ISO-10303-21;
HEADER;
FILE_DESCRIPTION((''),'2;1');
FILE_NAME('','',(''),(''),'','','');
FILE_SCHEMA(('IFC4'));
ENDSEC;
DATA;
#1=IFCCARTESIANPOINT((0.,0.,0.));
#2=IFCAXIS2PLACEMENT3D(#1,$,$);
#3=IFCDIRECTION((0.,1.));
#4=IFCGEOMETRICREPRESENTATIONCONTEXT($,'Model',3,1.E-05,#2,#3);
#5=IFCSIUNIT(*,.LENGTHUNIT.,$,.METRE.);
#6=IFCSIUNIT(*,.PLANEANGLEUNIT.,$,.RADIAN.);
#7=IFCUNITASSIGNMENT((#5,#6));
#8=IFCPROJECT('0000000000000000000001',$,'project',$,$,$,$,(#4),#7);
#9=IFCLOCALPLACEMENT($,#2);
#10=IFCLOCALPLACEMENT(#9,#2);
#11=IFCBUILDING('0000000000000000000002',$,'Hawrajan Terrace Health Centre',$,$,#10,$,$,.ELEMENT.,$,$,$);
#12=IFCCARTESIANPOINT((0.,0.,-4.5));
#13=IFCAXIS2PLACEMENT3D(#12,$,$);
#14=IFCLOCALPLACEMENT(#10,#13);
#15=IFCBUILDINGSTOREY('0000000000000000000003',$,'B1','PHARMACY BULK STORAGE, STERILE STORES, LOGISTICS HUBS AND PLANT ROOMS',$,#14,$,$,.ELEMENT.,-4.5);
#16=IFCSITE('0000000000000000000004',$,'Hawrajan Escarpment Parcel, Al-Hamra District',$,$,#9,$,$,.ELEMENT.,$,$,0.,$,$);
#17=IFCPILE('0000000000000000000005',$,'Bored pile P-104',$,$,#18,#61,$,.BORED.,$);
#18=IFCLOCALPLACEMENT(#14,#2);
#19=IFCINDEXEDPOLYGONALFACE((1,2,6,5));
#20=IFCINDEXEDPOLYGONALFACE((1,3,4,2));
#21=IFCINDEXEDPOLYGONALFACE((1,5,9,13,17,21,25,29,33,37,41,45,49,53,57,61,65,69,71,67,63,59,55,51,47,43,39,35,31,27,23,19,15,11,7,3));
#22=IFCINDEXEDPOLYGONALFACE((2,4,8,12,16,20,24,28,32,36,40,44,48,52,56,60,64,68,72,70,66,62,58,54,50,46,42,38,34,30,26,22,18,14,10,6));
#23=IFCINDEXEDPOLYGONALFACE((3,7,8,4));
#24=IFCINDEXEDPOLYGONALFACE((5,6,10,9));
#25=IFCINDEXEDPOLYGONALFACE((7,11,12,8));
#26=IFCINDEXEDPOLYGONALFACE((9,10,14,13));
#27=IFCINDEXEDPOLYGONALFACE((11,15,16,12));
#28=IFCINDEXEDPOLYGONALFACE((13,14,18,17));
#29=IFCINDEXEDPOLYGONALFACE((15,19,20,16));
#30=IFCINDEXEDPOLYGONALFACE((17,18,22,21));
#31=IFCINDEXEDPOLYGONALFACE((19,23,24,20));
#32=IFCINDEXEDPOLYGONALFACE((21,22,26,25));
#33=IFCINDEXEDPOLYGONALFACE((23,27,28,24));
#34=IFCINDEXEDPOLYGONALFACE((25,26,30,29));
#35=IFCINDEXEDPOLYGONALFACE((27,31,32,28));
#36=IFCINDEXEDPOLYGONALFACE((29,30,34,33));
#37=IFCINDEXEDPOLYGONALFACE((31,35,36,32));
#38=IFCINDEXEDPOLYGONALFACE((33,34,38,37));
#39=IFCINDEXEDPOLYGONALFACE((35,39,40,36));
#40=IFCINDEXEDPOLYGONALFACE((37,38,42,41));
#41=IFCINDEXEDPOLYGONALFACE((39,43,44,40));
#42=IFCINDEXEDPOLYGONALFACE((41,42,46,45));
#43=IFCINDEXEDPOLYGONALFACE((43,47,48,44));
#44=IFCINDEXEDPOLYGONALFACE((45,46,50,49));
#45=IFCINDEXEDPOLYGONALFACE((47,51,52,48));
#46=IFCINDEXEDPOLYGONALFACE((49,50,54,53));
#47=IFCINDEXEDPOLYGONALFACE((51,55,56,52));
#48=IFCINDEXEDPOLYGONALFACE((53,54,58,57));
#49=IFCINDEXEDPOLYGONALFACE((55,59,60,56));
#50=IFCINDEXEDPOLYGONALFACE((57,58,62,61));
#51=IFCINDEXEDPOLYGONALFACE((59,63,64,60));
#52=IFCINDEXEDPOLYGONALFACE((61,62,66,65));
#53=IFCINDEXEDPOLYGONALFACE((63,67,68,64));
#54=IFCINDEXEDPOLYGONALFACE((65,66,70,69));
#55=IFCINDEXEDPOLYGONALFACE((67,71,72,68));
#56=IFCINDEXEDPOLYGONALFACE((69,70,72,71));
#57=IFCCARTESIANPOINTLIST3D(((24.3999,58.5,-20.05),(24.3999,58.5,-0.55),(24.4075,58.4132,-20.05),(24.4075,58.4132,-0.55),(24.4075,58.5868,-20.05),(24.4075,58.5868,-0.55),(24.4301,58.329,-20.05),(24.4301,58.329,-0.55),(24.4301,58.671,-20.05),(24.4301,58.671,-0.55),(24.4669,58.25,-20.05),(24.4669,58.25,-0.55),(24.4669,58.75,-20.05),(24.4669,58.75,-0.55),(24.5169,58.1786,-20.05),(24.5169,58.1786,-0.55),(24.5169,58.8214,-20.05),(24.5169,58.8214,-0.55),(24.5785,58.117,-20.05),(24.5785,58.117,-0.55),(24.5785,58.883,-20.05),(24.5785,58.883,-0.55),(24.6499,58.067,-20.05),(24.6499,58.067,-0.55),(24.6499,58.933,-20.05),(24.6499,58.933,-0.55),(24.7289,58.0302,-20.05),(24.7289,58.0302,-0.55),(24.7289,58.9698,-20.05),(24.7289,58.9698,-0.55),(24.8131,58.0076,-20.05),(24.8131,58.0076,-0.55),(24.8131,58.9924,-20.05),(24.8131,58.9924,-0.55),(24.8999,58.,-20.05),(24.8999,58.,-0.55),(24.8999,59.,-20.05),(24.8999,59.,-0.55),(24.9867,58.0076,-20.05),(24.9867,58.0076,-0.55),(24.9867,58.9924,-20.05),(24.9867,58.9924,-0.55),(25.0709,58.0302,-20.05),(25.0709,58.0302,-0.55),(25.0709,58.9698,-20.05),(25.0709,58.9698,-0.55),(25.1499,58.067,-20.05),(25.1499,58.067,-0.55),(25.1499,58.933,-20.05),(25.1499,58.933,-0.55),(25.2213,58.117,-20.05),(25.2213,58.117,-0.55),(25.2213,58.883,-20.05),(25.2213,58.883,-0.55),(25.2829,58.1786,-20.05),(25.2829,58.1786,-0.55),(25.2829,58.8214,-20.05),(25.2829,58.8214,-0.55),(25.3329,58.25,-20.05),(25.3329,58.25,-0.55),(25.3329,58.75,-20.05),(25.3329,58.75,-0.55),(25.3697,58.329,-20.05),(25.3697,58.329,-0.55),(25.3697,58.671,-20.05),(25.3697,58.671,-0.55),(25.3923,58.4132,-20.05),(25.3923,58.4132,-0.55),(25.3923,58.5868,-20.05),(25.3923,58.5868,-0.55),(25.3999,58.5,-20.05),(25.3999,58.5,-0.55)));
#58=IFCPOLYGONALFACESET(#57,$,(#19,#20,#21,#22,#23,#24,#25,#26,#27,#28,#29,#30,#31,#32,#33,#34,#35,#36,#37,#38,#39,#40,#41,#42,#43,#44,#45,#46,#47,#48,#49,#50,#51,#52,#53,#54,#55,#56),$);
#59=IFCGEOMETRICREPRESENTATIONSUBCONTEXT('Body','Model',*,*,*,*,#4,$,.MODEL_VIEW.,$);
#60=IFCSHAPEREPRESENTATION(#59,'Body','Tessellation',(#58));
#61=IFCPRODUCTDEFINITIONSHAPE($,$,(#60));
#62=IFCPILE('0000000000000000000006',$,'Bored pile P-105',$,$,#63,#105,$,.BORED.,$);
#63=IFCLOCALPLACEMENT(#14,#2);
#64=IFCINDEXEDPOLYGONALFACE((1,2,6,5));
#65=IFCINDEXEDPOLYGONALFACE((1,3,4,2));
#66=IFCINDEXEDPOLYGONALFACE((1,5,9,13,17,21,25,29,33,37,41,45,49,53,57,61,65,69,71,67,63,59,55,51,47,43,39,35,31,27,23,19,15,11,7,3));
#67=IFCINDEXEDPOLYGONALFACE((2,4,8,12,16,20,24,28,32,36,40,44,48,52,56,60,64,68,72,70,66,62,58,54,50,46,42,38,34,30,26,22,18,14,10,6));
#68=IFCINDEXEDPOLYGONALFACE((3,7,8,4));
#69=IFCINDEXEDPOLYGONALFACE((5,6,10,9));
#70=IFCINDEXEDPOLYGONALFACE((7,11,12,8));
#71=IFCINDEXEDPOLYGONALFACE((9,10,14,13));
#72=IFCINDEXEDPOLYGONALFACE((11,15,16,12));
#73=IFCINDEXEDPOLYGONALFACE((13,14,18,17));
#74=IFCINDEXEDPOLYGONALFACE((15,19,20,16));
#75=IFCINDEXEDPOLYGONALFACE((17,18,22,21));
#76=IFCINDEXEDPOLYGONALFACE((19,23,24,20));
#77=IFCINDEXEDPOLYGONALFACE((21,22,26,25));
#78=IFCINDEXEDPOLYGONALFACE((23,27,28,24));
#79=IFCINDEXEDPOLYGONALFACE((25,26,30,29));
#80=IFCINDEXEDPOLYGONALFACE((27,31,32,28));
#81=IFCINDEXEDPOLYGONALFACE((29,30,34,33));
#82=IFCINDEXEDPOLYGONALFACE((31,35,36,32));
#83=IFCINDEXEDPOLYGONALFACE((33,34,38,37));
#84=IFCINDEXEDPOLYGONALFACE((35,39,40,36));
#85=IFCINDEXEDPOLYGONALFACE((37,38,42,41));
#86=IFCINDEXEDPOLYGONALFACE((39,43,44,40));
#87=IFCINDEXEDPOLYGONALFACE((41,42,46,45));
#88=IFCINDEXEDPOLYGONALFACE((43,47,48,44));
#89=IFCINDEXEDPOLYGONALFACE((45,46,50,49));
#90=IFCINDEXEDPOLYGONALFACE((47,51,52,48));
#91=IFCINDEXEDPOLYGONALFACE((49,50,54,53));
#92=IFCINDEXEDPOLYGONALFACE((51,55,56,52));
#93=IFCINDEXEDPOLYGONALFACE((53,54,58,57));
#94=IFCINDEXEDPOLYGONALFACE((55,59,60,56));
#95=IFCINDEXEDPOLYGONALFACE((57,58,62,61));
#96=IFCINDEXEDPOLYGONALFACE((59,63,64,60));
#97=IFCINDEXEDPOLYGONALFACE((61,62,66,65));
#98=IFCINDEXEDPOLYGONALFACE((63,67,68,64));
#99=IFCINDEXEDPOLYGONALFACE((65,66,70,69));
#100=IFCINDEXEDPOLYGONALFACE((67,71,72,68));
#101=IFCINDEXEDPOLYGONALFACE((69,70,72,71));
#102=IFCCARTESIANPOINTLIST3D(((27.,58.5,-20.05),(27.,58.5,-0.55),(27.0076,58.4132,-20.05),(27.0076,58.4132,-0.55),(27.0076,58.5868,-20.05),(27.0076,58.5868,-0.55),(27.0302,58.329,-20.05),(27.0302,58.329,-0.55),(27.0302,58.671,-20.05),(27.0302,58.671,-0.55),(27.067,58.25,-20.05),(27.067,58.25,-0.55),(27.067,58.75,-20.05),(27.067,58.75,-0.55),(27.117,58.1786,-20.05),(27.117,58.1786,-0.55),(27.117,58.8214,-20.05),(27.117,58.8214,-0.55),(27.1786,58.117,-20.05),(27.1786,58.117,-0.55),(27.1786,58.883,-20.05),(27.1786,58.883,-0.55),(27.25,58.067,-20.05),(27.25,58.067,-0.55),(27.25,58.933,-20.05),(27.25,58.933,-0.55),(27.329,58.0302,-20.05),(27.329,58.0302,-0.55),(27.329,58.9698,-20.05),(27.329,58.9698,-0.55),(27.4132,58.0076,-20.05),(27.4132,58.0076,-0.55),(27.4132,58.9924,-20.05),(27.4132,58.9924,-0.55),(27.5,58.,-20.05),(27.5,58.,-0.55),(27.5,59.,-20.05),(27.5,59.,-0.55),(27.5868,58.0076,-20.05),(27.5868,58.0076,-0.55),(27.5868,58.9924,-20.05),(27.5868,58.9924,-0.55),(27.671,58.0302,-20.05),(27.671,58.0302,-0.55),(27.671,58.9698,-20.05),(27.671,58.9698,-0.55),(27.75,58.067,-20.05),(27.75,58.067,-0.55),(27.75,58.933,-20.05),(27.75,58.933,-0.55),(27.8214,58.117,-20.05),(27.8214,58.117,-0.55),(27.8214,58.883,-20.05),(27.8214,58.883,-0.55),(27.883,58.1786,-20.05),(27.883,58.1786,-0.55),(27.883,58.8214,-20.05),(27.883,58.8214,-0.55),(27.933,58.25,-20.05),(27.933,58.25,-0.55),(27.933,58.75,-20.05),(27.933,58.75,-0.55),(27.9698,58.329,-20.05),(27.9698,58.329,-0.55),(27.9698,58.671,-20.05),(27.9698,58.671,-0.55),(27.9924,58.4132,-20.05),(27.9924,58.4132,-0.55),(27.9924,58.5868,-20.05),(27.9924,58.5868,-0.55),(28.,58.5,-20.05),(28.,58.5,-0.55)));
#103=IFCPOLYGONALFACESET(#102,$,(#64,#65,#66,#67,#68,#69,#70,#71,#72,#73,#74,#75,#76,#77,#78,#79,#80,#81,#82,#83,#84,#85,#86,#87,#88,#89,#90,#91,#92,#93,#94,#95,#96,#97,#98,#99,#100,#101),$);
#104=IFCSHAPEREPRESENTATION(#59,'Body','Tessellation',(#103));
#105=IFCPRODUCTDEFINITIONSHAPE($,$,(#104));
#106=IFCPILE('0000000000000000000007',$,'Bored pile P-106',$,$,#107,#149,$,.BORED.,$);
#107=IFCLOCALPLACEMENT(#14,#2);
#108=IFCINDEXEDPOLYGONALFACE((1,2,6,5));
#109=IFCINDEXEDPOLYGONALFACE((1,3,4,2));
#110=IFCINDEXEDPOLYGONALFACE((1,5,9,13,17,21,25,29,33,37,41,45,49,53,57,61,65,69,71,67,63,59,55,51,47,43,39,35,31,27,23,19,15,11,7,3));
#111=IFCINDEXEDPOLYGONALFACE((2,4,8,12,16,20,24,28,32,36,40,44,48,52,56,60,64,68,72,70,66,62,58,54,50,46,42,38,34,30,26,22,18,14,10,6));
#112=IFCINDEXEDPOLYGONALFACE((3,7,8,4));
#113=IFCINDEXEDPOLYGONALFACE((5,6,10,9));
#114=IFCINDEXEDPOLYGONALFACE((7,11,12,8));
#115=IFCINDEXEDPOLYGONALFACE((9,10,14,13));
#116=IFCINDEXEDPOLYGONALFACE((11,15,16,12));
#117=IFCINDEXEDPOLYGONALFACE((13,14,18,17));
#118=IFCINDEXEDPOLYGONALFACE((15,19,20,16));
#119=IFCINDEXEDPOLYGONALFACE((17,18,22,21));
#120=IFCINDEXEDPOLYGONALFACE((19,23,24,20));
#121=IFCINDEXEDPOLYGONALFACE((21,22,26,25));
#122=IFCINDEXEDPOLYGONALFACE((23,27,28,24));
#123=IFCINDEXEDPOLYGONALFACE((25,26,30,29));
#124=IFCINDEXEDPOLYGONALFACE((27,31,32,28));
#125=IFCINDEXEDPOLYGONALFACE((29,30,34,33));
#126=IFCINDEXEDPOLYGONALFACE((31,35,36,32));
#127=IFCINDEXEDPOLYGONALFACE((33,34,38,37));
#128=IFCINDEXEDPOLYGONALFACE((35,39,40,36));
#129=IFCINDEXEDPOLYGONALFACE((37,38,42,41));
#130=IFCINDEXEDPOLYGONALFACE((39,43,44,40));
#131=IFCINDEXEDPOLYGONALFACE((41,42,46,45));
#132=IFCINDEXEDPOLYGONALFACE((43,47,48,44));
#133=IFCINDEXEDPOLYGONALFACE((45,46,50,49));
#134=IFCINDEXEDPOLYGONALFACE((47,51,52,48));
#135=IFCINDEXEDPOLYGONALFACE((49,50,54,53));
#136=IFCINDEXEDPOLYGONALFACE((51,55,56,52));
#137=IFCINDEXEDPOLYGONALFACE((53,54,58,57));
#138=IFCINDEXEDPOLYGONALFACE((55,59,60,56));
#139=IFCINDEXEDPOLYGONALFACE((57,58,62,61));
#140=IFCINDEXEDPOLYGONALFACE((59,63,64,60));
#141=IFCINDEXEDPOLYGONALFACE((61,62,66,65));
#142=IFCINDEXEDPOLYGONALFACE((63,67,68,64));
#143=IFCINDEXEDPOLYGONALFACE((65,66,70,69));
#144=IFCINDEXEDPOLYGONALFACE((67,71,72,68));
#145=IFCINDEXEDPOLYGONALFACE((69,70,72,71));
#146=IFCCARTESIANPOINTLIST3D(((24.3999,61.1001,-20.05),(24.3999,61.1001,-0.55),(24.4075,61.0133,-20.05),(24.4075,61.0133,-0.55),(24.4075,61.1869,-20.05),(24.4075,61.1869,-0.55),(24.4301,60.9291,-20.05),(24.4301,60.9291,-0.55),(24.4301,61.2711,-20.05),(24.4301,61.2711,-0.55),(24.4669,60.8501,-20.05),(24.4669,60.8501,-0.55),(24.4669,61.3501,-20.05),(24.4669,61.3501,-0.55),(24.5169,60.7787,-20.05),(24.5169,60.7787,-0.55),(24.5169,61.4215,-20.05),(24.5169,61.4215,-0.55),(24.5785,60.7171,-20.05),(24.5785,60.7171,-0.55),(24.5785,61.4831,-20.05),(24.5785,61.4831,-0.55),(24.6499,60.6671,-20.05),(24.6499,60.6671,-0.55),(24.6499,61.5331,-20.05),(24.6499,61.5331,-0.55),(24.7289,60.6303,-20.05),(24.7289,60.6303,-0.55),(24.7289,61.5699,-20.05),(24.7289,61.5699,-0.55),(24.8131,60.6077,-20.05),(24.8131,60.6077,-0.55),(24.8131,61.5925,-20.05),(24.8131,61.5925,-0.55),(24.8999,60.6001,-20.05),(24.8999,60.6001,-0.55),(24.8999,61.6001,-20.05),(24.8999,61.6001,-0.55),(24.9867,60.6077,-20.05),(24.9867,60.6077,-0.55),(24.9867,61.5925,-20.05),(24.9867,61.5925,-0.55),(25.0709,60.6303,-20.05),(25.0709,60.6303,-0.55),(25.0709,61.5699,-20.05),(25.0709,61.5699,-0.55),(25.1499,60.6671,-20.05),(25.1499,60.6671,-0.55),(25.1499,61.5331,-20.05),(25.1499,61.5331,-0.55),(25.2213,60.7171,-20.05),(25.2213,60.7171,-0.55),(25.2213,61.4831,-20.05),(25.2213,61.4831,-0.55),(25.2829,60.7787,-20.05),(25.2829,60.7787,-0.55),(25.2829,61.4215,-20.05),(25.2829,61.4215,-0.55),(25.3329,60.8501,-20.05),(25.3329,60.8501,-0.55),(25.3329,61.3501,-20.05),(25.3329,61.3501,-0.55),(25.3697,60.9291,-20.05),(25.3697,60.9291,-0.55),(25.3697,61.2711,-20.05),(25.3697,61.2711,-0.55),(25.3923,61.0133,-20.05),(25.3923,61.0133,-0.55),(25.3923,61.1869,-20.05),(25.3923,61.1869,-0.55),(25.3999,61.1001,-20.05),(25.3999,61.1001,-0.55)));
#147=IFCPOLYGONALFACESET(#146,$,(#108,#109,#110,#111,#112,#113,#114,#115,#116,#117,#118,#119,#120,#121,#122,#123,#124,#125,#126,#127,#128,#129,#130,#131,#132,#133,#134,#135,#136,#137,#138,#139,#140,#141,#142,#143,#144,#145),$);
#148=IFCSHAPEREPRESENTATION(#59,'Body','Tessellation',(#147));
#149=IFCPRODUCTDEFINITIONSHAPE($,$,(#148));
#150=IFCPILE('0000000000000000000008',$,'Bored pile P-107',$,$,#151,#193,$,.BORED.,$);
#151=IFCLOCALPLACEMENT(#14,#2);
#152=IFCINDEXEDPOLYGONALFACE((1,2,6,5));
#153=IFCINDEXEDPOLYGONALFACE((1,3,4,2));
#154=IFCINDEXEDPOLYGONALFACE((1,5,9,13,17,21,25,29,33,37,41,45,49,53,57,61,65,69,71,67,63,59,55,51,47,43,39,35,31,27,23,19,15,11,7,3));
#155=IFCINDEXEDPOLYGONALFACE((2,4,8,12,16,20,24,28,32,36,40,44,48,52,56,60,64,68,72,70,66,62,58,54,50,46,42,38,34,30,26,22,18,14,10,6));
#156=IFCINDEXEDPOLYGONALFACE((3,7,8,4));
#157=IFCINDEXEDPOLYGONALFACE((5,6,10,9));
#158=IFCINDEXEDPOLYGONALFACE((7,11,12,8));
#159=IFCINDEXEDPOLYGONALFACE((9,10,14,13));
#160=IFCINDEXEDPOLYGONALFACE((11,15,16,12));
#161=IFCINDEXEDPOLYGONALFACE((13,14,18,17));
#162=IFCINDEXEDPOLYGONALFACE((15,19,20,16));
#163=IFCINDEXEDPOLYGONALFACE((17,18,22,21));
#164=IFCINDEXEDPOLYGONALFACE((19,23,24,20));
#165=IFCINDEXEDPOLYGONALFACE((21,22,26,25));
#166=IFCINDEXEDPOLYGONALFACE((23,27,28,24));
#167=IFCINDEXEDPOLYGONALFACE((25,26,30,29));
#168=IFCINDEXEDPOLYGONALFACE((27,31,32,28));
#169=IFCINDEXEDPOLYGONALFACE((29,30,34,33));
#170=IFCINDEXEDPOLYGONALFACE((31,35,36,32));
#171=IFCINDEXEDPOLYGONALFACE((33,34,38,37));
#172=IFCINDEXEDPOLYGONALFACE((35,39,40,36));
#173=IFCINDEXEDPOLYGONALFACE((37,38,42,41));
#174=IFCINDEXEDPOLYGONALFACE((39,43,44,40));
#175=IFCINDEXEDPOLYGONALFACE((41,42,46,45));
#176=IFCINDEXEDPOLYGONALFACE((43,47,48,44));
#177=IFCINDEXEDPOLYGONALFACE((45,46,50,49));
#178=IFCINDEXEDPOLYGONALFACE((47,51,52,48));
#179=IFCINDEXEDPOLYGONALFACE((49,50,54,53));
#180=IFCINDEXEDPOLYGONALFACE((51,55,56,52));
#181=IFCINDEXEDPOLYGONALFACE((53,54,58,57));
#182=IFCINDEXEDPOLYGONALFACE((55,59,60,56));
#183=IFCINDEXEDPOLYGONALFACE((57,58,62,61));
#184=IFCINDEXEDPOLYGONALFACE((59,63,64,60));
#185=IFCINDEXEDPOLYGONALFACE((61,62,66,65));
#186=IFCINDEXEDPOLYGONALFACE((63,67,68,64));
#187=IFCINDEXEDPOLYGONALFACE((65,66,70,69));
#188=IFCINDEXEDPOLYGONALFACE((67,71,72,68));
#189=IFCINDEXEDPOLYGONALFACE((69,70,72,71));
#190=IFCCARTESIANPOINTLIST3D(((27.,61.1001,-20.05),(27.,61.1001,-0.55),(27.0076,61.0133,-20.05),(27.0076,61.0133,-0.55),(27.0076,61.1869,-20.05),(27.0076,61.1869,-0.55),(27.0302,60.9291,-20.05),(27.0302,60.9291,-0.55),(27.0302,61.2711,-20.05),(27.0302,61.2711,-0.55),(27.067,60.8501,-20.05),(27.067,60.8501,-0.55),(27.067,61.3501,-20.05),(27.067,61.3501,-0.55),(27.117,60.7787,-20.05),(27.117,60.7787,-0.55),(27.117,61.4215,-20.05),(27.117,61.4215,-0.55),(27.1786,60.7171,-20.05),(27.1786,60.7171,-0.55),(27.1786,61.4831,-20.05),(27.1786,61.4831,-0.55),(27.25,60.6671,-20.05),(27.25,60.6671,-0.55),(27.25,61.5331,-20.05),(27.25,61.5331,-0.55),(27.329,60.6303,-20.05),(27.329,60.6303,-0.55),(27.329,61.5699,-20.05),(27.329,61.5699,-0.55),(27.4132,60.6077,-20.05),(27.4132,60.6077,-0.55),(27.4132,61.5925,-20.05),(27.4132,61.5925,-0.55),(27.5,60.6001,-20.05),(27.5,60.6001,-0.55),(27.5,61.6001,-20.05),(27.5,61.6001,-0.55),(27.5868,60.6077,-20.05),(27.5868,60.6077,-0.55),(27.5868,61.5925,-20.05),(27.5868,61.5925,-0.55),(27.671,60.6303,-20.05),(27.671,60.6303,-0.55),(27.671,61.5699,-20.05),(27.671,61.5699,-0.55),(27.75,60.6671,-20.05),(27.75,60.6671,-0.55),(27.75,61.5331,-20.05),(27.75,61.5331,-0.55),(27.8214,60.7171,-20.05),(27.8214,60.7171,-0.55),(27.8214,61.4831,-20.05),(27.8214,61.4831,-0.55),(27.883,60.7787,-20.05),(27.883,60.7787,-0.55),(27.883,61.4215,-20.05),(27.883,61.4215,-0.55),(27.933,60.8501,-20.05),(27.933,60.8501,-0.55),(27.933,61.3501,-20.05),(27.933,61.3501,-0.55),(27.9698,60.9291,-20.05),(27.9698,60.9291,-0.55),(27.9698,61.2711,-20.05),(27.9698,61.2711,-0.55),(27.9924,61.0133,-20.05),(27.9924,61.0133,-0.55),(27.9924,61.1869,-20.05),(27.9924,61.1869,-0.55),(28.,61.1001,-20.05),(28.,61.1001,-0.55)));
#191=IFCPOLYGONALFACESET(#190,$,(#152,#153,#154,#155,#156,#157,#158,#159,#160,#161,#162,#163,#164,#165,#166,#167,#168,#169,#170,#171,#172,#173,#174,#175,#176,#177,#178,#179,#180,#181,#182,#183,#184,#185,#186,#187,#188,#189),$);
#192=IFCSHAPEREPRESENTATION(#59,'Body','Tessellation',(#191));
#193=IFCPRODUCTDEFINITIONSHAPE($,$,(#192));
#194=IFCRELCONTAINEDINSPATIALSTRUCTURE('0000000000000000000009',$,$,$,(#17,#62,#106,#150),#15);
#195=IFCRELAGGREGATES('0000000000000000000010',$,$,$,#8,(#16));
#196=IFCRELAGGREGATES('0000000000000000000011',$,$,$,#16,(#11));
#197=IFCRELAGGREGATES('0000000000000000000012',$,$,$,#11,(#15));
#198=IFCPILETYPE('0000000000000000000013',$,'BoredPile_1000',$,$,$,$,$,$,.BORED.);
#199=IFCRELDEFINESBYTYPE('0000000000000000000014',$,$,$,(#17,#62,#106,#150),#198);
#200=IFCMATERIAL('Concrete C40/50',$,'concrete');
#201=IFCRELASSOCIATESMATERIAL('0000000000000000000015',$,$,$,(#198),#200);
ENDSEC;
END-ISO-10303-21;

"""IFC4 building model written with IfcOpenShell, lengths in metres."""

from ifc_helpers import new_model, si_unit, direction, frame, origin, origin_2d, place, context, subcontext, project, spatial, circle, extrude, material, material_profile, profile_set, type_object, element, save


model = new_model("IFC4")

# Units and contexts
model_context = context("Model", 3, precision=1e-05, world=origin(), true_north=direction((0.0, 1.0)))
body_context = subcontext(model_context, "Body", "Model", "MODEL_VIEW")
ifc_project = project(units=[si_unit("LENGTHUNIT", "METRE"), si_unit("PLANEANGLEUNIT", "RADIAN")], contexts=[model_context])

# Site, building, storey
site_placement = place(None, origin())
site = spatial("IfcSite", under=ifc_project, at=site_placement, Name="Hawrajan Escarpment Parcel, Al-Hamra District", CompositionType="ELEMENT", RefElevation=0.0)
building_placement = place(site_placement, origin())
building = spatial("IfcBuilding", under=site, at=building_placement, Name="Hawrajan Terrace Health Centre", CompositionType="ELEMENT")
storey_placement = place(building_placement, frame((0.0, 0.0, -4.5)))
storey = spatial("IfcBuildingStorey", under=building, at=storey_placement, Name="B1", Description="PHARMACY BULK STORAGE, STERILE STORES, LOGISTICS HUBS AND PLANT ROOMS", CompositionType="ELEMENT", Elevation=-4.5)

# Piles
ifc_material_1 = material(Name="Concrete C40/50", Category="concrete")
ifc_material_profile_1 = material_profile(ifc_material_1, circle(Radius=0.5, at=origin_2d()), Name="BP 1000")
ifc_profile_set_1 = profile_set([ifc_material_profile_1], Name="Concrete C40/50")
pile_type_1 = type_object("IfcPileType", Name="BoredPile_1000", PredefinedType="BORED", material=ifc_profile_set_1)
for number, where, z_axis, x_axis, name in (
    (1, (24.8999, 58.5, -0.55), (0.0, 0.0, -1.0), (1.0, 0.0, 0.0), "Bored pile P-104"),
    (2, (27.5, 58.5, -0.55), (0.0, 0.0, -1.0), (1.0, 0.0, 0.0), "Bored pile P-105"),
    (3, (24.8999, 61.1001, -0.55), (0.0, 0.0, -1.0), (1.0, 0.0, 0.0), "Bored pile P-106"),
    (4, (27.5, 61.1001, -0.55), (0.0, 0.0, -1.0), (1.0, 0.0, 0.0), "Bored pile P-107"),
):
    element("IfcPile", number, at=place(storey_placement, frame(where, z_axis=z_axis, x_axis=x_axis)), inside=storey, type_object=pile_type_1, Name=name, PredefinedType="BORED", context=body_context, shape_type="SweptSolid", body=[
        extrude(circle(Radius=0.5, at=origin_2d()), origin(), (0.0, 0.0, 1.0), 19.5),
    ])

save(model, "model.ifc")
